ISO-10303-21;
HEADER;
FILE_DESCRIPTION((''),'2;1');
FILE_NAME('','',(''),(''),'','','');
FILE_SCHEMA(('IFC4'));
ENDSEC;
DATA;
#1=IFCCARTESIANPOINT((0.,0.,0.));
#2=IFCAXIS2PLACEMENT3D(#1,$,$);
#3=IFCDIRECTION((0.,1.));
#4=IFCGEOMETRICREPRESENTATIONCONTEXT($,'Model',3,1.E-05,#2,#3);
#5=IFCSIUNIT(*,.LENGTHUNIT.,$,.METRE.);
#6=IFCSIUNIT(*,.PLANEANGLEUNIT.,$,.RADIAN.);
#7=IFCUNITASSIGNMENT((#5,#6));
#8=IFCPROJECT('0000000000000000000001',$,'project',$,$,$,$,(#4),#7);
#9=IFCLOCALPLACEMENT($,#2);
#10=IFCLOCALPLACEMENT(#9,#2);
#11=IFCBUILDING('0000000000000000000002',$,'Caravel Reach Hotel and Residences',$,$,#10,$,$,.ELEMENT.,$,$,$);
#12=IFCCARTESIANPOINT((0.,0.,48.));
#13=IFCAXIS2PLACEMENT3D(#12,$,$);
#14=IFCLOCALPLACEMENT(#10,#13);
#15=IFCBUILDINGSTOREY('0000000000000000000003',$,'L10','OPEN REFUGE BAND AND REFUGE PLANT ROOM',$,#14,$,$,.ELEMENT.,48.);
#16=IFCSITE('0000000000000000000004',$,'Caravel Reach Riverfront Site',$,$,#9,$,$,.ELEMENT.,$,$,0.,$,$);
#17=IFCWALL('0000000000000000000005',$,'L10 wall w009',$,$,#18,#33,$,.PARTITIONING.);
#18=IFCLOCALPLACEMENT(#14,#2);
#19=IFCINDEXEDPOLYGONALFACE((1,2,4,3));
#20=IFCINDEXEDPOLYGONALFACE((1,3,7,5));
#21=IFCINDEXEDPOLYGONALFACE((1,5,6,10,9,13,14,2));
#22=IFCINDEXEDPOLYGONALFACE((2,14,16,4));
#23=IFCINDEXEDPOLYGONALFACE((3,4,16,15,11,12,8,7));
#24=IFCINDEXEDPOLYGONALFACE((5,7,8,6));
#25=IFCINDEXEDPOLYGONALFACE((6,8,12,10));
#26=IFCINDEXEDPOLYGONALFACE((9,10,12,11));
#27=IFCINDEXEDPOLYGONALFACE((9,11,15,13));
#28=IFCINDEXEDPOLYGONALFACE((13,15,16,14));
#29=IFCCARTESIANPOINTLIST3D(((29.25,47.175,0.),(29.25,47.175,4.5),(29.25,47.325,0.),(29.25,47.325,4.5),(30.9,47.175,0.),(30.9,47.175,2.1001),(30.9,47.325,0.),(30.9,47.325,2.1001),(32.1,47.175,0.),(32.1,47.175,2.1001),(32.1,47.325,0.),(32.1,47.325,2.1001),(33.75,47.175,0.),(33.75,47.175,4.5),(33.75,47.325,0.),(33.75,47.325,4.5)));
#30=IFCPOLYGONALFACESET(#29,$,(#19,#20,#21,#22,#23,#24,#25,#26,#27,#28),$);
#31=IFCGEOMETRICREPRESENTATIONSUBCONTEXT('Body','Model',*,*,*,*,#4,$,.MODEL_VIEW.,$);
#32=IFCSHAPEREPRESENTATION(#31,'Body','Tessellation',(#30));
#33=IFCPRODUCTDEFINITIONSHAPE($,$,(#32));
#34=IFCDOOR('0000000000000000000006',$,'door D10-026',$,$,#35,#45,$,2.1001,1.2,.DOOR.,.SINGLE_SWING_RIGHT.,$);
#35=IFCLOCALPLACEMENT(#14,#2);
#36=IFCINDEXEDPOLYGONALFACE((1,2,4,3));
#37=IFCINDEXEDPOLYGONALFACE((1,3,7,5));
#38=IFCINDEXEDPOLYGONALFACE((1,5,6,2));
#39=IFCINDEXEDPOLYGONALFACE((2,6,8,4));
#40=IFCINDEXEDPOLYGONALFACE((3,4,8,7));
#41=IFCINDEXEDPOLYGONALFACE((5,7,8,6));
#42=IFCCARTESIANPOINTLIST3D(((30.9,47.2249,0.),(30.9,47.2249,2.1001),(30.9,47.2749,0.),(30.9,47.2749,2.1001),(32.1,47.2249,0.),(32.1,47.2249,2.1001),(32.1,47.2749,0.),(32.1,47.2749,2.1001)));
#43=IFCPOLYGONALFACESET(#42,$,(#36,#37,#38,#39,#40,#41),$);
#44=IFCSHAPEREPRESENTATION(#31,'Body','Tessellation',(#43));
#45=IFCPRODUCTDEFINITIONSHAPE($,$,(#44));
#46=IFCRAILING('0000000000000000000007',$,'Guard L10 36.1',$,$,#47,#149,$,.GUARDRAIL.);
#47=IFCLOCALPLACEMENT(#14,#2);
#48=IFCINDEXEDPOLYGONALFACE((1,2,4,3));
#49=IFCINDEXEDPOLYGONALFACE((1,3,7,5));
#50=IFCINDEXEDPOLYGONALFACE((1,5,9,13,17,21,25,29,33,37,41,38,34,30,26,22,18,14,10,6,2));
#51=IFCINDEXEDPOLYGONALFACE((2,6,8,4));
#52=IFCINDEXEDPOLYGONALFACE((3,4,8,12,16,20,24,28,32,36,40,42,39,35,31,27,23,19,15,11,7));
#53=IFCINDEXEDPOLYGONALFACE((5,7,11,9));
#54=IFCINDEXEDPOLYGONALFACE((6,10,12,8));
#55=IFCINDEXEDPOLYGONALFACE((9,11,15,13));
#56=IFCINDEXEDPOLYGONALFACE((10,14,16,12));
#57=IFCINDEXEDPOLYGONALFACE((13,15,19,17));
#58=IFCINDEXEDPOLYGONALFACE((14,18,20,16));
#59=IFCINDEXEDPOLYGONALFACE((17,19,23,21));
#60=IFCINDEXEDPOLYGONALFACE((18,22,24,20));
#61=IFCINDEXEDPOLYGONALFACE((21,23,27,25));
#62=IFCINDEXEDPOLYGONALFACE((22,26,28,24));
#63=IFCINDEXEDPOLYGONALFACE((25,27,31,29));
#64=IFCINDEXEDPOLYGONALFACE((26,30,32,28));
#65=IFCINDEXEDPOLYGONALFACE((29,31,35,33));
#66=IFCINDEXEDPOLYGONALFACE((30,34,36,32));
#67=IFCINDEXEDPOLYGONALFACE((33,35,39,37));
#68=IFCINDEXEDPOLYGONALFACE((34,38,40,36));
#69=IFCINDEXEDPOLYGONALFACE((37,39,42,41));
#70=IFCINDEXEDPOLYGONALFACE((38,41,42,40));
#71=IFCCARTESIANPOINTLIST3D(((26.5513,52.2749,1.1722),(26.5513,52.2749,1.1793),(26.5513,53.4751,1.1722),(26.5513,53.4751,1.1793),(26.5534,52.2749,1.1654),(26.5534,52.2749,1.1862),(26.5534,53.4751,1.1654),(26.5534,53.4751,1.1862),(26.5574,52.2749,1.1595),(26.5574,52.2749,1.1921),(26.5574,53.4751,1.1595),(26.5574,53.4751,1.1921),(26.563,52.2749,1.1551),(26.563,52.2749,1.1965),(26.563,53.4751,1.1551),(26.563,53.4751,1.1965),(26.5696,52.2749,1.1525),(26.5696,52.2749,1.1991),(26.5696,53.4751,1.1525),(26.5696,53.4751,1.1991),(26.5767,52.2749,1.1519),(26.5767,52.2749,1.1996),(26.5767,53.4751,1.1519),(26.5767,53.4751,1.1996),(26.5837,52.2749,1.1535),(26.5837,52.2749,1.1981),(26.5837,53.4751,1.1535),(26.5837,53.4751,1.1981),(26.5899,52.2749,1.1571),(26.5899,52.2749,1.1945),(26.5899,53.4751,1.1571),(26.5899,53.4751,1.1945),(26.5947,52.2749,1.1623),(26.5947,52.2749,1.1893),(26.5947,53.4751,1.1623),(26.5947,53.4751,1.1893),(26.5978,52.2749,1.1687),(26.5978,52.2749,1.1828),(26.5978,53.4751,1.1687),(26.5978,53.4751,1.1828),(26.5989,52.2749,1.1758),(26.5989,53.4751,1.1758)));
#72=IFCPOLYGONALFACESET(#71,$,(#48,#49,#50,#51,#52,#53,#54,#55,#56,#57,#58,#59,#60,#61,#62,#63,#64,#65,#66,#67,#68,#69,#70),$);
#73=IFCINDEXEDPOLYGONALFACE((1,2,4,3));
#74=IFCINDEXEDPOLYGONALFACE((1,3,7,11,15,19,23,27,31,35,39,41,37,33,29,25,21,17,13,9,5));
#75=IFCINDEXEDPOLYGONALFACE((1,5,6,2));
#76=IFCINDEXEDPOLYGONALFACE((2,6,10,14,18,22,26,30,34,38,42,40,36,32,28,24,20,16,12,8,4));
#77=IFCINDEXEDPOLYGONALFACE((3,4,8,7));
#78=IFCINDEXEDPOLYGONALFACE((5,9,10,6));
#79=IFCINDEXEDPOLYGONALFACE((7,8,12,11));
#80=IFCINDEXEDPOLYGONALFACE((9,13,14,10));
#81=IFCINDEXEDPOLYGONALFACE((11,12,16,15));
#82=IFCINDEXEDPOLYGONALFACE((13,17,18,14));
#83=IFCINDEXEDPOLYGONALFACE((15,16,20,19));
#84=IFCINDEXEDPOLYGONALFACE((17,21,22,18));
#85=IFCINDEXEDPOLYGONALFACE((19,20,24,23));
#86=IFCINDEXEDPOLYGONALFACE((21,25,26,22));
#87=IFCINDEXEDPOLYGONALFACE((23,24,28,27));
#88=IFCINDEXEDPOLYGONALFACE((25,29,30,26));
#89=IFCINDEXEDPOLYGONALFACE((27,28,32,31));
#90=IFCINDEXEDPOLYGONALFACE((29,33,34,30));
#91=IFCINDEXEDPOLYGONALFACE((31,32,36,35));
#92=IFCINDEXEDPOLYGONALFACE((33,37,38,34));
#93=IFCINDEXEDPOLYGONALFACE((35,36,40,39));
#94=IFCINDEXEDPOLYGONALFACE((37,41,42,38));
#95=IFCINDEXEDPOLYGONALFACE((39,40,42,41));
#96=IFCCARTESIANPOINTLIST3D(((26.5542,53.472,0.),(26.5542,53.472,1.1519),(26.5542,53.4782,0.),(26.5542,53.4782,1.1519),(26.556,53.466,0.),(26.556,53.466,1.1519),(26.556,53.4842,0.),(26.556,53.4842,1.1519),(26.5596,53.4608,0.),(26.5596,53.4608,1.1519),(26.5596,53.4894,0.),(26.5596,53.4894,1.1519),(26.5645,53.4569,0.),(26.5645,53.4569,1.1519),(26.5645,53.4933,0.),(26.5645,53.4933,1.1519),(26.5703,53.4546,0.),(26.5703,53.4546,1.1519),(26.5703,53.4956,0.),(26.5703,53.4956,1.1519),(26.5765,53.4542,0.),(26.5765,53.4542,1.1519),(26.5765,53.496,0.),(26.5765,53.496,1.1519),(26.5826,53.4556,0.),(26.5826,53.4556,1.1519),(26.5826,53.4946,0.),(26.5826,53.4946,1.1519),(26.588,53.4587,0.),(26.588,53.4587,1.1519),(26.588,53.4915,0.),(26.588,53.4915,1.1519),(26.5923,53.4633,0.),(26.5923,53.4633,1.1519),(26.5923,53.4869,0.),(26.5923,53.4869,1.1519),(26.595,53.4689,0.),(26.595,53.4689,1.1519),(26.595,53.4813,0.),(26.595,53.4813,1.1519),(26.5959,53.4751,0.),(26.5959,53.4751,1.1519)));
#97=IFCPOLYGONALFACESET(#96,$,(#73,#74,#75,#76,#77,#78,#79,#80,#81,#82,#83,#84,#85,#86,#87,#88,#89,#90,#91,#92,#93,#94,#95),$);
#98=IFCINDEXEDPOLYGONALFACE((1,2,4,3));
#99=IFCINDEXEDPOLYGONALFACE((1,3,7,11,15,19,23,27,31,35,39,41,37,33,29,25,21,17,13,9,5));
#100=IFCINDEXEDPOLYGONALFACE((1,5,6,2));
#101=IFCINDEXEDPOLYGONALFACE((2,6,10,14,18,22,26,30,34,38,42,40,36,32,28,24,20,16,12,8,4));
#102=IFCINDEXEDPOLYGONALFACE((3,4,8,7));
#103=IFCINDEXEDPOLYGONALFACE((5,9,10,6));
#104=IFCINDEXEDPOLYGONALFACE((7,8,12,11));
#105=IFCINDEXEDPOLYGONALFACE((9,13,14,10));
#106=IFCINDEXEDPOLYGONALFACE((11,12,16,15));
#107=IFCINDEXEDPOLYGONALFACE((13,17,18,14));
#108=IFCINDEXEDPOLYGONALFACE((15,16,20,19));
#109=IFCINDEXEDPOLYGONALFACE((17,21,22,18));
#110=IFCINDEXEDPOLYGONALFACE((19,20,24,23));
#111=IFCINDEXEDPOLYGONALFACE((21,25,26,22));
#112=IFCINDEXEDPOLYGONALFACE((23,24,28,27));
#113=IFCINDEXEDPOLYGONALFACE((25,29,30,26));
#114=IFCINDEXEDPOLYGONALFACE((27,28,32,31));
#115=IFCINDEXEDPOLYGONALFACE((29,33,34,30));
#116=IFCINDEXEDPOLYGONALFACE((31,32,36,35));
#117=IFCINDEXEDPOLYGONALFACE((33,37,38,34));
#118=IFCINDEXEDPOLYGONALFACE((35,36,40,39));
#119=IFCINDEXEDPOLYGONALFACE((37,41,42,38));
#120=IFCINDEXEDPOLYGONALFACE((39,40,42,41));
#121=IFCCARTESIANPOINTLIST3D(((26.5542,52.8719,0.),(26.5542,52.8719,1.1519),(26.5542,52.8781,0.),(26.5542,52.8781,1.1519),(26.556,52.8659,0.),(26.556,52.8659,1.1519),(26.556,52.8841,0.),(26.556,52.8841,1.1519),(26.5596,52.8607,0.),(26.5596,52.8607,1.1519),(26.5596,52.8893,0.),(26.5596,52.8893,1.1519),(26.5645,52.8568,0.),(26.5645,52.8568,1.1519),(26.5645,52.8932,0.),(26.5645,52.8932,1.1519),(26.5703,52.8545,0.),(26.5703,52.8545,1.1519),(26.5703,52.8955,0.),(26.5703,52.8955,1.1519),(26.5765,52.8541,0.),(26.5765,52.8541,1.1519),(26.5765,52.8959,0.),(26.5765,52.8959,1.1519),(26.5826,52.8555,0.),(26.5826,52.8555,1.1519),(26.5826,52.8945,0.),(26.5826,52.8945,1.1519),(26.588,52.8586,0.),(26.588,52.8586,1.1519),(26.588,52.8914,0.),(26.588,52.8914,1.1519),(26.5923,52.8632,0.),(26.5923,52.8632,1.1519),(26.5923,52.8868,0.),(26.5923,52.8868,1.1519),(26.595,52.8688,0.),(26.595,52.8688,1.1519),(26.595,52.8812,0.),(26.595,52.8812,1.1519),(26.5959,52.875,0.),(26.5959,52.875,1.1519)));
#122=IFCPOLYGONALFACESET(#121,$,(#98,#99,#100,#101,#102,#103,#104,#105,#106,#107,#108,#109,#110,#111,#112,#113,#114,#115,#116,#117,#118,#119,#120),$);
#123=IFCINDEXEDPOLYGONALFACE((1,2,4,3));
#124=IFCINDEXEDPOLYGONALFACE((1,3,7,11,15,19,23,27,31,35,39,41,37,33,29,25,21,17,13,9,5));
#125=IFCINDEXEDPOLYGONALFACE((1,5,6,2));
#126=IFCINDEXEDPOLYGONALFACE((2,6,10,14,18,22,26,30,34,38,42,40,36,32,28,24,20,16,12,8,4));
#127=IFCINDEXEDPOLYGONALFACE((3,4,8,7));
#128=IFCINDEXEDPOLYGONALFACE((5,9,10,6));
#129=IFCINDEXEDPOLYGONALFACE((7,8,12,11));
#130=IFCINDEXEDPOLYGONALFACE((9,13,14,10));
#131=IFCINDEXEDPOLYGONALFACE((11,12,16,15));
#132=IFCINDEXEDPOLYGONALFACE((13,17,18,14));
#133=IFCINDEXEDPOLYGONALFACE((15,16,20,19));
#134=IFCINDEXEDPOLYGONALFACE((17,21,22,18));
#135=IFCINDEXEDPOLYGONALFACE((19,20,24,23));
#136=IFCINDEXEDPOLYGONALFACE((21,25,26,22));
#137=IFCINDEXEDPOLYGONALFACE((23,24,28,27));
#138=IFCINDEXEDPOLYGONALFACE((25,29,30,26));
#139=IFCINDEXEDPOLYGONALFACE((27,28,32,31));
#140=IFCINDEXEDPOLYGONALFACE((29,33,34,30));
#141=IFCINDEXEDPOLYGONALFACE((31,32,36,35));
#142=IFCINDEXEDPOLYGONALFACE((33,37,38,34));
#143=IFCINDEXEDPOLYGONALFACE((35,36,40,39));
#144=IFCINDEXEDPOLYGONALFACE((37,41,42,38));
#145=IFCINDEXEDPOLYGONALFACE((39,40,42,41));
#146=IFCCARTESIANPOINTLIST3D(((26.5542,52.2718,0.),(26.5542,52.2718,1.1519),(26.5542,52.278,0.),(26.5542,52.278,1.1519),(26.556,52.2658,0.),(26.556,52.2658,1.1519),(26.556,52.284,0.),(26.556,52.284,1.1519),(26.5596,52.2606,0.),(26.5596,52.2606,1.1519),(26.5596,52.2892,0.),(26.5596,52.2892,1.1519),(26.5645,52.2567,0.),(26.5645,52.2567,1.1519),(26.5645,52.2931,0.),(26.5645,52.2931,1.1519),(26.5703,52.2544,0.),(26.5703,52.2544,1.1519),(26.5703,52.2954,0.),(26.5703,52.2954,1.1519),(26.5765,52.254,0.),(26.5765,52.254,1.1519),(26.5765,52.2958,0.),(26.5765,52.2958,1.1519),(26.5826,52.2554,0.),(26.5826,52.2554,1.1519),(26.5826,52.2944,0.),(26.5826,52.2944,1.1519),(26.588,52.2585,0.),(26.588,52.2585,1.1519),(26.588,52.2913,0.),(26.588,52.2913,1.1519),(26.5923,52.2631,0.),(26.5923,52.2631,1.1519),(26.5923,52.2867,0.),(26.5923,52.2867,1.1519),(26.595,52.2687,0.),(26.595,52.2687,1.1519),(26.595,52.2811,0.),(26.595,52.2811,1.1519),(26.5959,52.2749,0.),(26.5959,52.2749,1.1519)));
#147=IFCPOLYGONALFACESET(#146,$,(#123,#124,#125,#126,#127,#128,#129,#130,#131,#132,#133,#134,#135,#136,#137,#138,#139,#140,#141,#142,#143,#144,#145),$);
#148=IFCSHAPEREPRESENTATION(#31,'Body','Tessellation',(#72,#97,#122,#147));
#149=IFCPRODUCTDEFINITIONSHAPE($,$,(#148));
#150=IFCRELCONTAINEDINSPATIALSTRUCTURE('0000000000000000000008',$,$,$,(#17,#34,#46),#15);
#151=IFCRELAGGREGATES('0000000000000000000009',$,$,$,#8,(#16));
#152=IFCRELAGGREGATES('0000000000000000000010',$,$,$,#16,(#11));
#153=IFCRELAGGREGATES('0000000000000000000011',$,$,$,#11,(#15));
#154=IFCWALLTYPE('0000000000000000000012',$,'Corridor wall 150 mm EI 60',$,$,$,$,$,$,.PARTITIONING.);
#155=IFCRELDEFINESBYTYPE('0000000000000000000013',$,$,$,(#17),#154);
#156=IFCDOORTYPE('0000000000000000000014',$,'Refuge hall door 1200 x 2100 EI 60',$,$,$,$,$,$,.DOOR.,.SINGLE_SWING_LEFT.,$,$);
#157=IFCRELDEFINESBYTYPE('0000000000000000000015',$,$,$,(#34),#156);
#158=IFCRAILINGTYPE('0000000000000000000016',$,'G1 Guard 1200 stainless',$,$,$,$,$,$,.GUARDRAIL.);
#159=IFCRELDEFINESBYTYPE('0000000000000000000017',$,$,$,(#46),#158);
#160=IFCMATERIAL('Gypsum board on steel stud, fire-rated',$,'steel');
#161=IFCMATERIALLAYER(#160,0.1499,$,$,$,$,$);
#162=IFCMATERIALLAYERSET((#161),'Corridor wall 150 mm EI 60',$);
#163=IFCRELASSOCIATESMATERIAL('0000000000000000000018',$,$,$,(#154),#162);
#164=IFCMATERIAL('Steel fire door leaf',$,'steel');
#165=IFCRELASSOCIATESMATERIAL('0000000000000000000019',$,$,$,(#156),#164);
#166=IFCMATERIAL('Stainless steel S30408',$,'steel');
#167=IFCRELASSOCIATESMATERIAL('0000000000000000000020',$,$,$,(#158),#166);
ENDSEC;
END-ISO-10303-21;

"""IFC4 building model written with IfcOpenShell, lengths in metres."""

from ifc_helpers import new_model, si_unit, direction, frame, frame_2d, origin, origin_2d, place, context, subcontext, project, spatial, rectangle, circle, extrude, material, layer, layer_set, type_object, element, fill, save


model = new_model("IFC4")

# Units and contexts
model_context = context("Model", 3, precision=1e-05, world=origin(), true_north=direction((0.0, 1.0)))
body_context = subcontext(model_context, "Body", "Model", "MODEL_VIEW")
ifc_project = project(units=[si_unit("LENGTHUNIT", "METRE"), si_unit("PLANEANGLEUNIT", "RADIAN")], contexts=[model_context])

# Site, building, storey
site_placement = place(None, origin())
site = spatial("IfcSite", under=ifc_project, at=site_placement, Name="Caravel Reach Riverfront Site", CompositionType="ELEMENT", RefElevation=0.0)
building_placement = place(site_placement, origin())
building = spatial("IfcBuilding", under=site, at=building_placement, Name="Caravel Reach Hotel and Residences", CompositionType="ELEMENT")
storey_placement = place(building_placement, frame((0.0, 0.0, 48.0)))
storey = spatial("IfcBuildingStorey", under=building, at=storey_placement, Name="L10", Description="OPEN REFUGE BAND AND REFUGE PLANT ROOM", CompositionType="ELEMENT", Elevation=48.0)

# Shared definitions
ifc_material_1 = material(Name="Gypsum board on steel stud, fire-rated", Category="steel")
ifc_layer = layer(ifc_material_1, 0.1499)
ifc_layer_set = layer_set([ifc_layer], Name="Corridor wall 150 mm EI 60")
wall_type = type_object("IfcWallType", Name="Corridor wall 150 mm EI 60", PredefinedType="PARTITIONING", material=ifc_layer_set)

# Wall, opening, door
wall_1_placement = place(storey_placement, frame((29.25, 47.25, 0.0), z_axis=(0.0, 0.0, 1.0), x_axis=(1.0, 0.0, 0.0)))
wall_1 = element("IfcWall", 1, at=wall_1_placement, inside=storey, type_object=wall_type, Name="L10 wall w009", PredefinedType="PARTITIONING", context=body_context, shape_type="SweptSolid", body=[
    extrude(rectangle(XDim=4.5, YDim=0.1499, at=frame_2d((2.25, 0.0))), origin(), (0.0, 0.0, 1.0), 4.5),
])
opening_placement = place(wall_1_placement, frame((1.6499, 0.0, 0.0)))
opening = element("IfcOpeningElement", 2, at=opening_placement, cuts=wall_1, PredefinedType="OPENING", context=body_context, shape_type="SweptSolid", body=[
    extrude(rectangle(XDim=1.2, YDim=2.1001, at=frame_2d((0.6001, 1.05))), frame((0.0, 0.085, 0.0), z_axis=(0.0, -1.0, 0.0), x_axis=(1.0, 0.0, 0.0)), (0.0, 0.0, 1.0), 0.1699),
])
ifc_material_2 = material(Name="Steel fire door leaf", Category="steel")
door_type = type_object("IfcDoorType", Name="Refuge hall door 1200 x 2100 EI 60", OperationType="SINGLE_SWING_LEFT", PredefinedType="DOOR", material=ifc_material_2)
door_placement = place(opening_placement, origin())
door = element("IfcDoor", 3, at=door_placement, inside=storey, type_object=door_type, Name="door D10-026", OperationType="SINGLE_SWING_RIGHT", OverallHeight=2.1001, OverallWidth=1.2, PredefinedType="DOOR", context=body_context, shape_type="SweptSolid", body=[
    extrude(rectangle(XDim=1.2, YDim=2.1001, at=frame_2d((0.6001, 1.05))), frame((0.0, 0.0249, 0.0), z_axis=(0.0, -1.0, 0.0), x_axis=(1.0, 0.0, 0.0)), (0.0, 0.0, 1.0), 0.05),
])
fill(opening, door)

# Railing
ifc_material_3 = material(Name="Stainless steel S30408", Category="steel")
railing_type = type_object("IfcRailingType", Name="G1 Guard 1200 stainless", PredefinedType="GUARDRAIL", material=ifc_material_3)
railing_1_placement = place(storey_placement, frame((26.575, 53.4751, 0.0)))
element("IfcRailing", 4, at=railing_1_placement, inside=storey, type_object=railing_type, Name="Guard L10 36.1", PredefinedType="GUARDRAIL", context=body_context, shape_type="SweptSolid", body=[
    extrude(circle(Radius=0.0239, at=origin_2d()), frame((0.0, 0.0, 1.1758), z_axis=(0.0, -1.0, 0.0), x_axis=(1.0, 0.0, 0.0)), (0.0, 0.0, 1.0), 1.2002),
    extrude(circle(Radius=0.021, at=origin_2d()), origin(), (0.0, 0.0, 1.0), 1.1519),
    extrude(circle(Radius=0.021, at=origin_2d()), frame((0.0, -0.6001, 0.0)), (0.0, 0.0, 1.0), 1.1519),
    extrude(circle(Radius=0.021, at=origin_2d()), frame((0.0, -1.2002, 0.0)), (0.0, 0.0, 1.0), 1.1519),
])

save(model, "model.ifc")
